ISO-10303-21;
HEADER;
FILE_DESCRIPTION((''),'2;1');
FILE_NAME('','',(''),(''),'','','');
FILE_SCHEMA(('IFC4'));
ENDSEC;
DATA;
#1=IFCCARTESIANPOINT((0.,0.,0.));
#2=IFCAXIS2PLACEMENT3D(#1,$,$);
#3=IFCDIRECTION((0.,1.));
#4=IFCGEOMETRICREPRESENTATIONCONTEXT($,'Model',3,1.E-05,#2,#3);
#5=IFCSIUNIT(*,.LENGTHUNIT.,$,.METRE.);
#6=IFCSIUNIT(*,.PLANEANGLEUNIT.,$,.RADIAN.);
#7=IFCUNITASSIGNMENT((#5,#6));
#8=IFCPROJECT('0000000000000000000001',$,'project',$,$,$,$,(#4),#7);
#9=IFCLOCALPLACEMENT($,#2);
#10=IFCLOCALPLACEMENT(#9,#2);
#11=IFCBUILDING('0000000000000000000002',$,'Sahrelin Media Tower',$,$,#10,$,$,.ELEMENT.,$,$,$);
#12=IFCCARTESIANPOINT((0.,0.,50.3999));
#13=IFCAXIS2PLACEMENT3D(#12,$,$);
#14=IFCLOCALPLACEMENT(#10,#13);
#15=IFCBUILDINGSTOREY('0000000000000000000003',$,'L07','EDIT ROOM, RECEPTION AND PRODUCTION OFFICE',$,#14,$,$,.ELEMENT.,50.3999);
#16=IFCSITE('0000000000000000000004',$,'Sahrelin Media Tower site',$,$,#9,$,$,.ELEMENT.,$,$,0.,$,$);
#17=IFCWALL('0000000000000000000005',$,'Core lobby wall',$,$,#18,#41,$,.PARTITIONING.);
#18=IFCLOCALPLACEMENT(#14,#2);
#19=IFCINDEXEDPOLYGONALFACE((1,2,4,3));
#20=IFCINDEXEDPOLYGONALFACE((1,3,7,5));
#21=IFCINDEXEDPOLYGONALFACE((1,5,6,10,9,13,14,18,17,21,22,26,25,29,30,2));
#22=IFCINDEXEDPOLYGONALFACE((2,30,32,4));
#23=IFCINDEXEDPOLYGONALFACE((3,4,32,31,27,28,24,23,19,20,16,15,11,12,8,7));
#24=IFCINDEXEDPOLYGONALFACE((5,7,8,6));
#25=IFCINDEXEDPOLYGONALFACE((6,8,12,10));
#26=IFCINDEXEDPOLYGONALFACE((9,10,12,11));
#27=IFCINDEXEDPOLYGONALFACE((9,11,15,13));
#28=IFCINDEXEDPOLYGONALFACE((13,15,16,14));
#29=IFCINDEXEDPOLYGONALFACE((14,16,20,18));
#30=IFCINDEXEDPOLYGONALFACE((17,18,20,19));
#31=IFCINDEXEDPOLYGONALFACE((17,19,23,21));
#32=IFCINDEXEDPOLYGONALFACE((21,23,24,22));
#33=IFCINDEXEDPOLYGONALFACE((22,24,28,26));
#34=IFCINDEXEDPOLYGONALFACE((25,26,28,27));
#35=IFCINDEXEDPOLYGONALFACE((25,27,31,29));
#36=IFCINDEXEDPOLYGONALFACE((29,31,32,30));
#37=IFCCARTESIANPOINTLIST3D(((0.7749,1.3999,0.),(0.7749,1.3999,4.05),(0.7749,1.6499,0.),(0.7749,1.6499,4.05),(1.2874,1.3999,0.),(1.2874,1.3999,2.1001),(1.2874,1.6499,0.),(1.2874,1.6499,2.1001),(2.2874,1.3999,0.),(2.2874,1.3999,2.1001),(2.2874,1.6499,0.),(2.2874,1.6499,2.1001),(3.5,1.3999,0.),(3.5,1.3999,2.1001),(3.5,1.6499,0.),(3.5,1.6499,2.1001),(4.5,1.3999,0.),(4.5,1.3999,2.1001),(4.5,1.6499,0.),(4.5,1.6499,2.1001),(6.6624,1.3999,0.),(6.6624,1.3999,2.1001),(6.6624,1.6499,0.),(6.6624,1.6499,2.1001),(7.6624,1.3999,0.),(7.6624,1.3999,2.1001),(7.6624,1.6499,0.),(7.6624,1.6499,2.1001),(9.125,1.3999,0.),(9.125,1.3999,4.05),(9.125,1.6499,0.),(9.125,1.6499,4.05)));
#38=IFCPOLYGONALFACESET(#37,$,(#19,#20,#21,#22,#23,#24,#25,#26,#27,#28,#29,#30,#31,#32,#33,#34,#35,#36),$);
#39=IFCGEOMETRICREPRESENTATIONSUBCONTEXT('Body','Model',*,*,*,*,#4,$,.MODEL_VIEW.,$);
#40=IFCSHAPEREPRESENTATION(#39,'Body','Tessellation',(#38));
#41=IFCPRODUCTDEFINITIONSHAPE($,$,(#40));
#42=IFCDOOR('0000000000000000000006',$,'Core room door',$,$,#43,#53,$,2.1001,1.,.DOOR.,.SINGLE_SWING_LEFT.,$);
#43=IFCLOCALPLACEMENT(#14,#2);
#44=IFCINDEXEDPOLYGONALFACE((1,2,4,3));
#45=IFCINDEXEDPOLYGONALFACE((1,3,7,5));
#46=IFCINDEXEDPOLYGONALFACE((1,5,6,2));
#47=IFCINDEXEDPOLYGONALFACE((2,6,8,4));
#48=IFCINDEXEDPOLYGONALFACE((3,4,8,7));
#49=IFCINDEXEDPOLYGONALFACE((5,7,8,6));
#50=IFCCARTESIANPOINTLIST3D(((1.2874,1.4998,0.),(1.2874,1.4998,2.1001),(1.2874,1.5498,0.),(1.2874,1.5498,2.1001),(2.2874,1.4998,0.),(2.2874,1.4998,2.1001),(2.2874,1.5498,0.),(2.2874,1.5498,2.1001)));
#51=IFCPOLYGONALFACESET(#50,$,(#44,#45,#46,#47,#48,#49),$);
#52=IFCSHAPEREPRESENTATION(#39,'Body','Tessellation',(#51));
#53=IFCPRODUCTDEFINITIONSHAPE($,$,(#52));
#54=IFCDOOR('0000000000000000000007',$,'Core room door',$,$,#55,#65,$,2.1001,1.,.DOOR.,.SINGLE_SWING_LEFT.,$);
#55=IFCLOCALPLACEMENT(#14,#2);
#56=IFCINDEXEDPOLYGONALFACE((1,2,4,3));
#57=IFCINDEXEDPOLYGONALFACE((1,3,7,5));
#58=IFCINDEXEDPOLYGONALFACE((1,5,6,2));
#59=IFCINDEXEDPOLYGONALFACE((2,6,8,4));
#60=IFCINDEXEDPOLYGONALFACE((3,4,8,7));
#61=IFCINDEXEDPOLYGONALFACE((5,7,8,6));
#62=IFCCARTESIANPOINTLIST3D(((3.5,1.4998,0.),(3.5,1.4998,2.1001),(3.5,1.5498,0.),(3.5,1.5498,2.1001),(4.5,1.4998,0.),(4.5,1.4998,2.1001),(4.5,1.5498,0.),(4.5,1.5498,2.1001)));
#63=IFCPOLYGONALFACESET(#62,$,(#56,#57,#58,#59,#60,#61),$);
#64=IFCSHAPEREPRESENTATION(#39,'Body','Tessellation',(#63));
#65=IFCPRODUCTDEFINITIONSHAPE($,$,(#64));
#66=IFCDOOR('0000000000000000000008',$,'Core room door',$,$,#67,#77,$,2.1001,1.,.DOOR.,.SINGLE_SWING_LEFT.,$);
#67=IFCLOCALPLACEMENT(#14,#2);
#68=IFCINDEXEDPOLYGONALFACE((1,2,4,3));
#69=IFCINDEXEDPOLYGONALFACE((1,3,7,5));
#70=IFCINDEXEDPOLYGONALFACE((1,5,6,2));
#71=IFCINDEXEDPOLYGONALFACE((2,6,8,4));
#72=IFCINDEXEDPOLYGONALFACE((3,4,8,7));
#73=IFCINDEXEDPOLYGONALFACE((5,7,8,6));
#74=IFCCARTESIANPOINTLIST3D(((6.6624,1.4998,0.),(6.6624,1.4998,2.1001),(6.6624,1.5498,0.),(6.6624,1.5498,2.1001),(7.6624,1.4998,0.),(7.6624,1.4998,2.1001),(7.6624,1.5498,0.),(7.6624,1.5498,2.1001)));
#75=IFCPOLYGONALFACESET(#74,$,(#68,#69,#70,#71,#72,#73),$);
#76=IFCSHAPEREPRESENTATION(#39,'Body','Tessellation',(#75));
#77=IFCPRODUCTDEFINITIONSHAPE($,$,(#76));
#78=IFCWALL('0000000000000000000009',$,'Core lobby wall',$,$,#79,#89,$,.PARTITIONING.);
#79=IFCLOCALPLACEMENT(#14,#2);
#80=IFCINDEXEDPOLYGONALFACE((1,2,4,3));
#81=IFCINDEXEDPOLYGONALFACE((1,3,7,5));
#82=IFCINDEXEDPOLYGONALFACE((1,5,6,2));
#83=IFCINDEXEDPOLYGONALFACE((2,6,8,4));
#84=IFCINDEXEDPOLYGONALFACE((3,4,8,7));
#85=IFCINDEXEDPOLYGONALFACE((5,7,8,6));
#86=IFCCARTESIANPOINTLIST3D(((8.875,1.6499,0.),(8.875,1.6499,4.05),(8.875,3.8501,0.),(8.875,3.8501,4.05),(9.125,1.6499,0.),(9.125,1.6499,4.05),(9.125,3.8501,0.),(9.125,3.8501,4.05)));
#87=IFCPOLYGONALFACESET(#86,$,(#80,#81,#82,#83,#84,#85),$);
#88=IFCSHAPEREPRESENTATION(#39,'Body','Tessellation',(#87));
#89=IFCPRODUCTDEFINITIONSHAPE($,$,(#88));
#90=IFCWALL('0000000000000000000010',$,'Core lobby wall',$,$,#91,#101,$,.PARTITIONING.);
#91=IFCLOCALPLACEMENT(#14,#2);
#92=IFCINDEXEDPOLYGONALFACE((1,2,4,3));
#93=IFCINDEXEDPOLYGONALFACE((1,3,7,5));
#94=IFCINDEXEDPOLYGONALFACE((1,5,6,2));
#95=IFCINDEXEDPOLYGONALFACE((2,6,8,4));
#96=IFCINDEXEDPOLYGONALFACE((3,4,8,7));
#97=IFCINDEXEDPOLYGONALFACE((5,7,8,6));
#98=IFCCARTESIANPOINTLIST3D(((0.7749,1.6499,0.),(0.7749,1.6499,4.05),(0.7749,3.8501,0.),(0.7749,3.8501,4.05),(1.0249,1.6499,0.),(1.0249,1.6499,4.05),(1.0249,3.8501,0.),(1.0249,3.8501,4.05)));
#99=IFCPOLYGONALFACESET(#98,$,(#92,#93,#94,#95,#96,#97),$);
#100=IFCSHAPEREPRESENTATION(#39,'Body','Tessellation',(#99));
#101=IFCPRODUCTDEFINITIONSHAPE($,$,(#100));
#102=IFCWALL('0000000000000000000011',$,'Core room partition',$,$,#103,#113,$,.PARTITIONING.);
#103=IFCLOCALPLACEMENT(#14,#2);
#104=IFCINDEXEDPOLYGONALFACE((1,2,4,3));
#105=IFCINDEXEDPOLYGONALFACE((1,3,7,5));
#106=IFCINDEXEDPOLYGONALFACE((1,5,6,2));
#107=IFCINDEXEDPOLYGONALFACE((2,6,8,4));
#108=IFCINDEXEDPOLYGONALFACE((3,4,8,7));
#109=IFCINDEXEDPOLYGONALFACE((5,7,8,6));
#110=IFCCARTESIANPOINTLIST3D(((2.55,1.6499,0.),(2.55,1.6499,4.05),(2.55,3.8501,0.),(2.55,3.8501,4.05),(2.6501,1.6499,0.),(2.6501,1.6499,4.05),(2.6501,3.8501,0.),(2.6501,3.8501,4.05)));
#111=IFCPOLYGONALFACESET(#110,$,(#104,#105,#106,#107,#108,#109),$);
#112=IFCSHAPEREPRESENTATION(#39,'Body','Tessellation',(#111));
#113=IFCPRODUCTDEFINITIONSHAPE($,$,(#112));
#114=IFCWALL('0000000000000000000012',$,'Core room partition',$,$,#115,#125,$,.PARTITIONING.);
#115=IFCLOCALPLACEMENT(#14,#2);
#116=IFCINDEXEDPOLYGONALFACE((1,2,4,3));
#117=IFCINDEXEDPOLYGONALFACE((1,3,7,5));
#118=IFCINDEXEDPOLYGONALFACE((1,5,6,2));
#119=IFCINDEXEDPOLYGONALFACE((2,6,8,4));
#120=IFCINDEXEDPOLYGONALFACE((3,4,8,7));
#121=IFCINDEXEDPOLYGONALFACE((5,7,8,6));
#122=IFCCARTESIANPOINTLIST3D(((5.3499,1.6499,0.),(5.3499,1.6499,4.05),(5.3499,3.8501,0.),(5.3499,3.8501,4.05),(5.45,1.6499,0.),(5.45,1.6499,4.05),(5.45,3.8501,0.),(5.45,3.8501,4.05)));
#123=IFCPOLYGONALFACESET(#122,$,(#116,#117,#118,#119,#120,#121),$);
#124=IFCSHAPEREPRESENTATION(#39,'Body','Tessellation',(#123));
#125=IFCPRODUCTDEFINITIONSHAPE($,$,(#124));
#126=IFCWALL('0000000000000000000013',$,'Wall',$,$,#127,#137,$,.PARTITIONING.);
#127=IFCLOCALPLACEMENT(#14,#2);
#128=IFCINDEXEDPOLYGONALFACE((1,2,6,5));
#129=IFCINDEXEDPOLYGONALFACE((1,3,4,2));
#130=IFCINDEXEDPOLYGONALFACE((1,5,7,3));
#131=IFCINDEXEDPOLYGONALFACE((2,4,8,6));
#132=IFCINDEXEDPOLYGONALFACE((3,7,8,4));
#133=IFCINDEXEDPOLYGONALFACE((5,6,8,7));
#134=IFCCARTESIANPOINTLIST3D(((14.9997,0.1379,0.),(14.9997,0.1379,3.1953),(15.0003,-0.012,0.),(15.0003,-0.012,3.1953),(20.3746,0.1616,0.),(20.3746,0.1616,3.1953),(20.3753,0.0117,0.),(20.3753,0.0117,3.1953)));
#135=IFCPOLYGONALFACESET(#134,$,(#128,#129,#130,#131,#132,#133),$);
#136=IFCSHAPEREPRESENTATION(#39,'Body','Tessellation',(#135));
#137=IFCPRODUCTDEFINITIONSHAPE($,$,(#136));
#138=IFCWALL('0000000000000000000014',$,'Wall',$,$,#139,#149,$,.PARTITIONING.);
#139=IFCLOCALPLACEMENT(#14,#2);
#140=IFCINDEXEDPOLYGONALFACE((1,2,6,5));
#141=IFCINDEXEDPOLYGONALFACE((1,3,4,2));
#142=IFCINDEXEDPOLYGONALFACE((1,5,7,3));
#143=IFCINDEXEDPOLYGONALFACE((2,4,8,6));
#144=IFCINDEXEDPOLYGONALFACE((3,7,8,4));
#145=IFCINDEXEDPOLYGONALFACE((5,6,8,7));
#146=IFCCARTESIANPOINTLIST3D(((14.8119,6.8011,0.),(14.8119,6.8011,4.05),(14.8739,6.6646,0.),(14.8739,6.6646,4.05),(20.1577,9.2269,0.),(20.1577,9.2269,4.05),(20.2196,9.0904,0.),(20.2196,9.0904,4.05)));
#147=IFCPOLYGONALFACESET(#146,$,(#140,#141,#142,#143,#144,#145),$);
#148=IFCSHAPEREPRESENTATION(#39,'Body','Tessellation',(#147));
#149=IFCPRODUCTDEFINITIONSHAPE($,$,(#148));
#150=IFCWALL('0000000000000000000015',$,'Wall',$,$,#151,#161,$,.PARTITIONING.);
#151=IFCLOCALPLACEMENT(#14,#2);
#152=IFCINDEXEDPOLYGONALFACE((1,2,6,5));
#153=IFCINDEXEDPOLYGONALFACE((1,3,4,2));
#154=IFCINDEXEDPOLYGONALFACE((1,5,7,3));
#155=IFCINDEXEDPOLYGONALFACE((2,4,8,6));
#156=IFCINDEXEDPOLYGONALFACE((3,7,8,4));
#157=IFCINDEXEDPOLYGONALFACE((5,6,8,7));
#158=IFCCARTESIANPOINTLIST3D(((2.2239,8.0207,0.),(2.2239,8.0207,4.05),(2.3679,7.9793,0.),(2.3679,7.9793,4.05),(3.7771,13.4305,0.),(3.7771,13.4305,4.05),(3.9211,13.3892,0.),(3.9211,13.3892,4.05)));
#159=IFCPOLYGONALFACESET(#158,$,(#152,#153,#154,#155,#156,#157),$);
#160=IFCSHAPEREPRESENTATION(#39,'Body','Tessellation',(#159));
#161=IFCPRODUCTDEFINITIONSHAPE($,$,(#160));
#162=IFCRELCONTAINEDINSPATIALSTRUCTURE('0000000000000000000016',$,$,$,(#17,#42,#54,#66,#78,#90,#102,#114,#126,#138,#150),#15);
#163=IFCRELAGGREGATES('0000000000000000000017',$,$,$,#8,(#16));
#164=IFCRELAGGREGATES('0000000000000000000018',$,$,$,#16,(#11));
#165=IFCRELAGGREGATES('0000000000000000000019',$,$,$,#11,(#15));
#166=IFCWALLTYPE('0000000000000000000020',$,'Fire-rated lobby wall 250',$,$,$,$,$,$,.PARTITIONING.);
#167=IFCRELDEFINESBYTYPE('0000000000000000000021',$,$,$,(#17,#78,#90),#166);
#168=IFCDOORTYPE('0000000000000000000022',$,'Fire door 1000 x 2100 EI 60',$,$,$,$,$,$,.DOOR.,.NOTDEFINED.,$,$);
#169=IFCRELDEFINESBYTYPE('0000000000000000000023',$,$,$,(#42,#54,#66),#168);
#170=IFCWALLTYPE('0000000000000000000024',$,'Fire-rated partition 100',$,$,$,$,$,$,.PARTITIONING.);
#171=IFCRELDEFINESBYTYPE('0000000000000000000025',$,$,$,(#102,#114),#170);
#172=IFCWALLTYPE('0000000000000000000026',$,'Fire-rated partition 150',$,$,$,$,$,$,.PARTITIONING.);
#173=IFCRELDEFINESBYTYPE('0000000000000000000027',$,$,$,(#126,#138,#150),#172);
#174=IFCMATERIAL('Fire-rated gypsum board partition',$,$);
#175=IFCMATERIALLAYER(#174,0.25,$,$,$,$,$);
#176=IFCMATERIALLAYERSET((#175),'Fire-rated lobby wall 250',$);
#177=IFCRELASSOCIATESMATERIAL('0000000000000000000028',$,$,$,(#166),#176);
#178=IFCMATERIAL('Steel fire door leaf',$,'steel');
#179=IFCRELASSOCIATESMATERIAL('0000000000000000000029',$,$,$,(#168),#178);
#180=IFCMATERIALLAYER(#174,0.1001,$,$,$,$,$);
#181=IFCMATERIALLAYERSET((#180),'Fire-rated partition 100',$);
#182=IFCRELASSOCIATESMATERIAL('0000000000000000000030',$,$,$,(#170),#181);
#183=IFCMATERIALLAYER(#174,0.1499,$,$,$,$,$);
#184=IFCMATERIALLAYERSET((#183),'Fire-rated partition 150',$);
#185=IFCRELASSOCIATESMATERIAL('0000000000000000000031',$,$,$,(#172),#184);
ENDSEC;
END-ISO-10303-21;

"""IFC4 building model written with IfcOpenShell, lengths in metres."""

from ifc_helpers import new_model, si_unit, direction, frame, frame_2d, origin, place, context, subcontext, project, spatial, rectangle, extrude, material, layer, layer_set, type_object, element, fill, save


model = new_model("IFC4")

# Units and contexts
model_context = context("Model", 3, precision=1e-05, world=origin(), true_north=direction((0.0, 1.0)))
body_context = subcontext(model_context, "Body", "Model", "MODEL_VIEW")
ifc_project = project(units=[si_unit("LENGTHUNIT", "METRE"), si_unit("PLANEANGLEUNIT", "RADIAN")], contexts=[model_context])

# Site, building, storey
site_placement = place(None, origin())
site = spatial("IfcSite", under=ifc_project, at=site_placement, Name="Sahrelin Media Tower site", CompositionType="ELEMENT", RefElevation=0.0)
building_placement = place(site_placement, origin())
building = spatial("IfcBuilding", under=site, at=building_placement, Name="Sahrelin Media Tower", CompositionType="ELEMENT")
storey_placement = place(building_placement, frame((0.0, 0.0, 50.3999)))
storey = spatial("IfcBuildingStorey", under=building, at=storey_placement, Name="L07", Description="EDIT ROOM, RECEPTION AND PRODUCTION OFFICE", CompositionType="ELEMENT", Elevation=50.3999)

# Wall, openings, doors
ifc_material_1 = material(Name="Fire-rated gypsum board partition")
ifc_layer_1 = layer(ifc_material_1, 0.25)
ifc_layer_set_1 = layer_set([ifc_layer_1], Name="Fire-rated lobby wall 250")
wall_type_1 = type_object("IfcWallType", Name="Fire-rated lobby wall 250", PredefinedType="PARTITIONING", material=ifc_layer_set_1)
wall_1_placement = place(storey_placement, frame((0.7749, 1.5249, 0.0), z_axis=(0.0, 0.0, 1.0), x_axis=(1.0, 0.0, 0.0)))
wall_1 = element("IfcWall", 1, at=wall_1_placement, inside=storey, type_object=wall_type_1, Name="Core lobby wall", PredefinedType="PARTITIONING", context=body_context, shape_type="SweptSolid", body=[
    extrude(rectangle(XDim=8.3501, YDim=0.25, at=frame_2d((4.175, 0.0))), origin(), (0.0, 0.0, 1.0), 4.05),
])
opening_1_placement = place(wall_1_placement, frame((0.5125, 0.0, 0.0)))
opening_1 = element("IfcOpeningElement", 2, at=opening_1_placement, cuts=wall_1, PredefinedType="OPENING", context=body_context, shape_type="SweptSolid", body=[
    extrude(rectangle(XDim=1.0, YDim=2.1001, at=frame_2d((0.5, 1.05))), frame((0.0, 0.125, 0.0), z_axis=(0.0, -1.0, 0.0), x_axis=(1.0, 0.0, 0.0)), (0.0, 0.0, 1.0), 0.25),
])
opening_2_placement = place(wall_1_placement, frame((2.7251, 0.0, 0.0)))
opening_2 = element("IfcOpeningElement", 3, at=opening_2_placement, cuts=wall_1, PredefinedType="OPENING", context=body_context, shape_type="SweptSolid", body=[
    extrude(rectangle(XDim=1.0, YDim=2.1001, at=frame_2d((0.5, 1.05))), frame((0.0, 0.125, 0.0), z_axis=(0.0, -1.0, 0.0), x_axis=(1.0, 0.0, 0.0)), (0.0, 0.0, 1.0), 0.25),
])
opening_3_placement = place(wall_1_placement, frame((5.8875, 0.0, 0.0)))
opening_3 = element("IfcOpeningElement", 4, at=opening_3_placement, cuts=wall_1, PredefinedType="OPENING", context=body_context, shape_type="SweptSolid", body=[
    extrude(rectangle(XDim=1.0, YDim=2.1001, at=frame_2d((0.5, 1.05))), frame((0.0, 0.125, 0.0), z_axis=(0.0, -1.0, 0.0), x_axis=(1.0, 0.0, 0.0)), (0.0, 0.0, 1.0), 0.25),
])
ifc_material_2 = material(Name="Steel fire door leaf", Category="steel")
door_type_1 = type_object("IfcDoorType", Name="Fire door 1000 x 2100 EI 60", OperationType="NOTDEFINED", PredefinedType="DOOR", material=ifc_material_2)
door_1_placement = place(opening_1_placement, origin())
door_1 = element("IfcDoor", 5, at=door_1_placement, inside=storey, type_object=door_type_1, Name="Core room door", OperationType="SINGLE_SWING_LEFT", OverallHeight=2.1001, OverallWidth=1.0, PredefinedType="DOOR", context=body_context, shape_type="SweptSolid", body=[
    extrude(rectangle(XDim=1.0, YDim=2.1001, at=frame_2d((0.5, 1.05))), frame((0.0, 0.0249, 0.0), z_axis=(0.0, -1.0, 0.0), x_axis=(1.0, 0.0, 0.0)), (0.0, 0.0, 1.0), 0.05),
])
fill(opening_1, door_1)
door_2_placement = place(opening_2_placement, origin())
door_2 = element("IfcDoor", 6, at=door_2_placement, inside=storey, type_object=door_type_1, Name="Core room door", OperationType="SINGLE_SWING_LEFT", OverallHeight=2.1001, OverallWidth=1.0, PredefinedType="DOOR", context=body_context, shape_type="SweptSolid", body=[
    extrude(rectangle(XDim=1.0, YDim=2.1001, at=frame_2d((0.5, 1.05))), frame((0.0, 0.0249, 0.0), z_axis=(0.0, -1.0, 0.0), x_axis=(1.0, 0.0, 0.0)), (0.0, 0.0, 1.0), 0.05),
])
fill(opening_2, door_2)
door_3_placement = place(opening_3_placement, origin())
door_3 = element("IfcDoor", 7, at=door_3_placement, inside=storey, type_object=door_type_1, Name="Core room door", OperationType="SINGLE_SWING_LEFT", OverallHeight=2.1001, OverallWidth=1.0, PredefinedType="DOOR", context=body_context, shape_type="SweptSolid", body=[
    extrude(rectangle(XDim=1.0, YDim=2.1001, at=frame_2d((0.5, 1.05))), frame((0.0, 0.0249, 0.0), z_axis=(0.0, -1.0, 0.0), x_axis=(1.0, 0.0, 0.0)), (0.0, 0.0, 1.0), 0.05),
])
fill(opening_3, door_3)

# Walls
for number, where, z_axis, x_axis, name in (
    (8, (9.0, 1.6499, 0.0), (0.0, 0.0, 1.0), (0.0, 1.0, 0.0), "Core lobby wall"),
    (9, (0.8999, 1.6499, 0.0), (0.0, 0.0, 1.0), (0.0, 1.0, 0.0), "Core lobby wall"),
):
    element("IfcWall", number, at=place(storey_placement, frame(where, z_axis=z_axis, x_axis=x_axis)), inside=storey, type_object=wall_type_1, Name=name, PredefinedType="PARTITIONING", context=body_context, shape_type="SweptSolid", body=[
        extrude(rectangle(XDim=2.2002, YDim=0.25, at=frame_2d((1.1001, 0.0))), origin(), (0.0, 0.0, 1.0), 4.05),
    ])
ifc_layer_2 = layer(ifc_material_1, 0.1001)
ifc_layer_set_2 = layer_set([ifc_layer_2], Name="Fire-rated partition 100")
wall_type_2 = type_object("IfcWallType", Name="Fire-rated partition 100", PredefinedType="PARTITIONING", material=ifc_layer_set_2)
for number, where, z_axis, x_axis, name in (
    (10, (2.6001, 1.6499, 0.0), (0.0, 0.0, 1.0), (0.0, 1.0, 0.0), "Core room partition"),
    (11, (5.3999, 1.6499, 0.0), (0.0, 0.0, 1.0), (0.0, 1.0, 0.0), "Core room partition"),
):
    element("IfcWall", number, at=place(storey_placement, frame(where, z_axis=z_axis, x_axis=x_axis)), inside=storey, type_object=wall_type_2, Name=name, PredefinedType="PARTITIONING", context=body_context, shape_type="SweptSolid", body=[
        extrude(rectangle(XDim=2.2002, YDim=0.1001, at=frame_2d((1.1001, 0.0))), origin(), (0.0, 0.0, 1.0), 4.05),
    ])
ifc_layer_3 = layer(ifc_material_1, 0.1499)
ifc_layer_set_3 = layer_set([ifc_layer_3], Name="Fire-rated partition 150")
wall_type_3 = type_object("IfcWallType", Name="Fire-rated partition 150", PredefinedType="PARTITIONING", material=ifc_layer_set_3)
wall_2_placement = place(storey_placement, frame((15.0, 0.063, 0.0), z_axis=(0.0, 0.0, 1.0), x_axis=(0.99999, 0.004406, 0.0)))
element("IfcWall", 12, at=wall_2_placement, inside=storey, type_object=wall_type_3, Name="Wall", PredefinedType="PARTITIONING", context=body_context, shape_type="SweptSolid", body=[
    extrude(rectangle(XDim=5.375, YDim=0.1499, at=frame_2d((2.6875, 0.0))), origin(), (0.0, 0.0, 1.0), 3.1953),
])
wall_3_placement = place(storey_placement, frame((14.843, 6.7329, 0.0), z_axis=(0.0, 0.0, 1.0), x_axis=(0.910628, 0.413226, 0.0)))
element("IfcWall", 13, at=wall_3_placement, inside=storey, type_object=wall_type_3, Name="Wall", PredefinedType="PARTITIONING", context=body_context, shape_type="SweptSolid", body=[
    extrude(rectangle(XDim=5.8704, YDim=0.1499, at=frame_2d((2.9351, 0.0))), origin(), (0.0, 0.0, 1.0), 4.05),
])
wall_4_placement = place(storey_placement, frame((2.2959, 8.0, 0.0), z_axis=(0.0, 0.0, 1.0), x_axis=(0.275958, 0.96117, 0.0)))
element("IfcWall", 14, at=wall_4_placement, inside=storey, type_object=wall_type_3, Name="Wall", PredefinedType="PARTITIONING", context=body_context, shape_type="SweptSolid", body=[
    extrude(rectangle(XDim=5.6284, YDim=0.1499, at=frame_2d((2.8142, 0.0))), origin(), (0.0, 0.0, 1.0), 4.05),
])

save(model, "model.ifc")
